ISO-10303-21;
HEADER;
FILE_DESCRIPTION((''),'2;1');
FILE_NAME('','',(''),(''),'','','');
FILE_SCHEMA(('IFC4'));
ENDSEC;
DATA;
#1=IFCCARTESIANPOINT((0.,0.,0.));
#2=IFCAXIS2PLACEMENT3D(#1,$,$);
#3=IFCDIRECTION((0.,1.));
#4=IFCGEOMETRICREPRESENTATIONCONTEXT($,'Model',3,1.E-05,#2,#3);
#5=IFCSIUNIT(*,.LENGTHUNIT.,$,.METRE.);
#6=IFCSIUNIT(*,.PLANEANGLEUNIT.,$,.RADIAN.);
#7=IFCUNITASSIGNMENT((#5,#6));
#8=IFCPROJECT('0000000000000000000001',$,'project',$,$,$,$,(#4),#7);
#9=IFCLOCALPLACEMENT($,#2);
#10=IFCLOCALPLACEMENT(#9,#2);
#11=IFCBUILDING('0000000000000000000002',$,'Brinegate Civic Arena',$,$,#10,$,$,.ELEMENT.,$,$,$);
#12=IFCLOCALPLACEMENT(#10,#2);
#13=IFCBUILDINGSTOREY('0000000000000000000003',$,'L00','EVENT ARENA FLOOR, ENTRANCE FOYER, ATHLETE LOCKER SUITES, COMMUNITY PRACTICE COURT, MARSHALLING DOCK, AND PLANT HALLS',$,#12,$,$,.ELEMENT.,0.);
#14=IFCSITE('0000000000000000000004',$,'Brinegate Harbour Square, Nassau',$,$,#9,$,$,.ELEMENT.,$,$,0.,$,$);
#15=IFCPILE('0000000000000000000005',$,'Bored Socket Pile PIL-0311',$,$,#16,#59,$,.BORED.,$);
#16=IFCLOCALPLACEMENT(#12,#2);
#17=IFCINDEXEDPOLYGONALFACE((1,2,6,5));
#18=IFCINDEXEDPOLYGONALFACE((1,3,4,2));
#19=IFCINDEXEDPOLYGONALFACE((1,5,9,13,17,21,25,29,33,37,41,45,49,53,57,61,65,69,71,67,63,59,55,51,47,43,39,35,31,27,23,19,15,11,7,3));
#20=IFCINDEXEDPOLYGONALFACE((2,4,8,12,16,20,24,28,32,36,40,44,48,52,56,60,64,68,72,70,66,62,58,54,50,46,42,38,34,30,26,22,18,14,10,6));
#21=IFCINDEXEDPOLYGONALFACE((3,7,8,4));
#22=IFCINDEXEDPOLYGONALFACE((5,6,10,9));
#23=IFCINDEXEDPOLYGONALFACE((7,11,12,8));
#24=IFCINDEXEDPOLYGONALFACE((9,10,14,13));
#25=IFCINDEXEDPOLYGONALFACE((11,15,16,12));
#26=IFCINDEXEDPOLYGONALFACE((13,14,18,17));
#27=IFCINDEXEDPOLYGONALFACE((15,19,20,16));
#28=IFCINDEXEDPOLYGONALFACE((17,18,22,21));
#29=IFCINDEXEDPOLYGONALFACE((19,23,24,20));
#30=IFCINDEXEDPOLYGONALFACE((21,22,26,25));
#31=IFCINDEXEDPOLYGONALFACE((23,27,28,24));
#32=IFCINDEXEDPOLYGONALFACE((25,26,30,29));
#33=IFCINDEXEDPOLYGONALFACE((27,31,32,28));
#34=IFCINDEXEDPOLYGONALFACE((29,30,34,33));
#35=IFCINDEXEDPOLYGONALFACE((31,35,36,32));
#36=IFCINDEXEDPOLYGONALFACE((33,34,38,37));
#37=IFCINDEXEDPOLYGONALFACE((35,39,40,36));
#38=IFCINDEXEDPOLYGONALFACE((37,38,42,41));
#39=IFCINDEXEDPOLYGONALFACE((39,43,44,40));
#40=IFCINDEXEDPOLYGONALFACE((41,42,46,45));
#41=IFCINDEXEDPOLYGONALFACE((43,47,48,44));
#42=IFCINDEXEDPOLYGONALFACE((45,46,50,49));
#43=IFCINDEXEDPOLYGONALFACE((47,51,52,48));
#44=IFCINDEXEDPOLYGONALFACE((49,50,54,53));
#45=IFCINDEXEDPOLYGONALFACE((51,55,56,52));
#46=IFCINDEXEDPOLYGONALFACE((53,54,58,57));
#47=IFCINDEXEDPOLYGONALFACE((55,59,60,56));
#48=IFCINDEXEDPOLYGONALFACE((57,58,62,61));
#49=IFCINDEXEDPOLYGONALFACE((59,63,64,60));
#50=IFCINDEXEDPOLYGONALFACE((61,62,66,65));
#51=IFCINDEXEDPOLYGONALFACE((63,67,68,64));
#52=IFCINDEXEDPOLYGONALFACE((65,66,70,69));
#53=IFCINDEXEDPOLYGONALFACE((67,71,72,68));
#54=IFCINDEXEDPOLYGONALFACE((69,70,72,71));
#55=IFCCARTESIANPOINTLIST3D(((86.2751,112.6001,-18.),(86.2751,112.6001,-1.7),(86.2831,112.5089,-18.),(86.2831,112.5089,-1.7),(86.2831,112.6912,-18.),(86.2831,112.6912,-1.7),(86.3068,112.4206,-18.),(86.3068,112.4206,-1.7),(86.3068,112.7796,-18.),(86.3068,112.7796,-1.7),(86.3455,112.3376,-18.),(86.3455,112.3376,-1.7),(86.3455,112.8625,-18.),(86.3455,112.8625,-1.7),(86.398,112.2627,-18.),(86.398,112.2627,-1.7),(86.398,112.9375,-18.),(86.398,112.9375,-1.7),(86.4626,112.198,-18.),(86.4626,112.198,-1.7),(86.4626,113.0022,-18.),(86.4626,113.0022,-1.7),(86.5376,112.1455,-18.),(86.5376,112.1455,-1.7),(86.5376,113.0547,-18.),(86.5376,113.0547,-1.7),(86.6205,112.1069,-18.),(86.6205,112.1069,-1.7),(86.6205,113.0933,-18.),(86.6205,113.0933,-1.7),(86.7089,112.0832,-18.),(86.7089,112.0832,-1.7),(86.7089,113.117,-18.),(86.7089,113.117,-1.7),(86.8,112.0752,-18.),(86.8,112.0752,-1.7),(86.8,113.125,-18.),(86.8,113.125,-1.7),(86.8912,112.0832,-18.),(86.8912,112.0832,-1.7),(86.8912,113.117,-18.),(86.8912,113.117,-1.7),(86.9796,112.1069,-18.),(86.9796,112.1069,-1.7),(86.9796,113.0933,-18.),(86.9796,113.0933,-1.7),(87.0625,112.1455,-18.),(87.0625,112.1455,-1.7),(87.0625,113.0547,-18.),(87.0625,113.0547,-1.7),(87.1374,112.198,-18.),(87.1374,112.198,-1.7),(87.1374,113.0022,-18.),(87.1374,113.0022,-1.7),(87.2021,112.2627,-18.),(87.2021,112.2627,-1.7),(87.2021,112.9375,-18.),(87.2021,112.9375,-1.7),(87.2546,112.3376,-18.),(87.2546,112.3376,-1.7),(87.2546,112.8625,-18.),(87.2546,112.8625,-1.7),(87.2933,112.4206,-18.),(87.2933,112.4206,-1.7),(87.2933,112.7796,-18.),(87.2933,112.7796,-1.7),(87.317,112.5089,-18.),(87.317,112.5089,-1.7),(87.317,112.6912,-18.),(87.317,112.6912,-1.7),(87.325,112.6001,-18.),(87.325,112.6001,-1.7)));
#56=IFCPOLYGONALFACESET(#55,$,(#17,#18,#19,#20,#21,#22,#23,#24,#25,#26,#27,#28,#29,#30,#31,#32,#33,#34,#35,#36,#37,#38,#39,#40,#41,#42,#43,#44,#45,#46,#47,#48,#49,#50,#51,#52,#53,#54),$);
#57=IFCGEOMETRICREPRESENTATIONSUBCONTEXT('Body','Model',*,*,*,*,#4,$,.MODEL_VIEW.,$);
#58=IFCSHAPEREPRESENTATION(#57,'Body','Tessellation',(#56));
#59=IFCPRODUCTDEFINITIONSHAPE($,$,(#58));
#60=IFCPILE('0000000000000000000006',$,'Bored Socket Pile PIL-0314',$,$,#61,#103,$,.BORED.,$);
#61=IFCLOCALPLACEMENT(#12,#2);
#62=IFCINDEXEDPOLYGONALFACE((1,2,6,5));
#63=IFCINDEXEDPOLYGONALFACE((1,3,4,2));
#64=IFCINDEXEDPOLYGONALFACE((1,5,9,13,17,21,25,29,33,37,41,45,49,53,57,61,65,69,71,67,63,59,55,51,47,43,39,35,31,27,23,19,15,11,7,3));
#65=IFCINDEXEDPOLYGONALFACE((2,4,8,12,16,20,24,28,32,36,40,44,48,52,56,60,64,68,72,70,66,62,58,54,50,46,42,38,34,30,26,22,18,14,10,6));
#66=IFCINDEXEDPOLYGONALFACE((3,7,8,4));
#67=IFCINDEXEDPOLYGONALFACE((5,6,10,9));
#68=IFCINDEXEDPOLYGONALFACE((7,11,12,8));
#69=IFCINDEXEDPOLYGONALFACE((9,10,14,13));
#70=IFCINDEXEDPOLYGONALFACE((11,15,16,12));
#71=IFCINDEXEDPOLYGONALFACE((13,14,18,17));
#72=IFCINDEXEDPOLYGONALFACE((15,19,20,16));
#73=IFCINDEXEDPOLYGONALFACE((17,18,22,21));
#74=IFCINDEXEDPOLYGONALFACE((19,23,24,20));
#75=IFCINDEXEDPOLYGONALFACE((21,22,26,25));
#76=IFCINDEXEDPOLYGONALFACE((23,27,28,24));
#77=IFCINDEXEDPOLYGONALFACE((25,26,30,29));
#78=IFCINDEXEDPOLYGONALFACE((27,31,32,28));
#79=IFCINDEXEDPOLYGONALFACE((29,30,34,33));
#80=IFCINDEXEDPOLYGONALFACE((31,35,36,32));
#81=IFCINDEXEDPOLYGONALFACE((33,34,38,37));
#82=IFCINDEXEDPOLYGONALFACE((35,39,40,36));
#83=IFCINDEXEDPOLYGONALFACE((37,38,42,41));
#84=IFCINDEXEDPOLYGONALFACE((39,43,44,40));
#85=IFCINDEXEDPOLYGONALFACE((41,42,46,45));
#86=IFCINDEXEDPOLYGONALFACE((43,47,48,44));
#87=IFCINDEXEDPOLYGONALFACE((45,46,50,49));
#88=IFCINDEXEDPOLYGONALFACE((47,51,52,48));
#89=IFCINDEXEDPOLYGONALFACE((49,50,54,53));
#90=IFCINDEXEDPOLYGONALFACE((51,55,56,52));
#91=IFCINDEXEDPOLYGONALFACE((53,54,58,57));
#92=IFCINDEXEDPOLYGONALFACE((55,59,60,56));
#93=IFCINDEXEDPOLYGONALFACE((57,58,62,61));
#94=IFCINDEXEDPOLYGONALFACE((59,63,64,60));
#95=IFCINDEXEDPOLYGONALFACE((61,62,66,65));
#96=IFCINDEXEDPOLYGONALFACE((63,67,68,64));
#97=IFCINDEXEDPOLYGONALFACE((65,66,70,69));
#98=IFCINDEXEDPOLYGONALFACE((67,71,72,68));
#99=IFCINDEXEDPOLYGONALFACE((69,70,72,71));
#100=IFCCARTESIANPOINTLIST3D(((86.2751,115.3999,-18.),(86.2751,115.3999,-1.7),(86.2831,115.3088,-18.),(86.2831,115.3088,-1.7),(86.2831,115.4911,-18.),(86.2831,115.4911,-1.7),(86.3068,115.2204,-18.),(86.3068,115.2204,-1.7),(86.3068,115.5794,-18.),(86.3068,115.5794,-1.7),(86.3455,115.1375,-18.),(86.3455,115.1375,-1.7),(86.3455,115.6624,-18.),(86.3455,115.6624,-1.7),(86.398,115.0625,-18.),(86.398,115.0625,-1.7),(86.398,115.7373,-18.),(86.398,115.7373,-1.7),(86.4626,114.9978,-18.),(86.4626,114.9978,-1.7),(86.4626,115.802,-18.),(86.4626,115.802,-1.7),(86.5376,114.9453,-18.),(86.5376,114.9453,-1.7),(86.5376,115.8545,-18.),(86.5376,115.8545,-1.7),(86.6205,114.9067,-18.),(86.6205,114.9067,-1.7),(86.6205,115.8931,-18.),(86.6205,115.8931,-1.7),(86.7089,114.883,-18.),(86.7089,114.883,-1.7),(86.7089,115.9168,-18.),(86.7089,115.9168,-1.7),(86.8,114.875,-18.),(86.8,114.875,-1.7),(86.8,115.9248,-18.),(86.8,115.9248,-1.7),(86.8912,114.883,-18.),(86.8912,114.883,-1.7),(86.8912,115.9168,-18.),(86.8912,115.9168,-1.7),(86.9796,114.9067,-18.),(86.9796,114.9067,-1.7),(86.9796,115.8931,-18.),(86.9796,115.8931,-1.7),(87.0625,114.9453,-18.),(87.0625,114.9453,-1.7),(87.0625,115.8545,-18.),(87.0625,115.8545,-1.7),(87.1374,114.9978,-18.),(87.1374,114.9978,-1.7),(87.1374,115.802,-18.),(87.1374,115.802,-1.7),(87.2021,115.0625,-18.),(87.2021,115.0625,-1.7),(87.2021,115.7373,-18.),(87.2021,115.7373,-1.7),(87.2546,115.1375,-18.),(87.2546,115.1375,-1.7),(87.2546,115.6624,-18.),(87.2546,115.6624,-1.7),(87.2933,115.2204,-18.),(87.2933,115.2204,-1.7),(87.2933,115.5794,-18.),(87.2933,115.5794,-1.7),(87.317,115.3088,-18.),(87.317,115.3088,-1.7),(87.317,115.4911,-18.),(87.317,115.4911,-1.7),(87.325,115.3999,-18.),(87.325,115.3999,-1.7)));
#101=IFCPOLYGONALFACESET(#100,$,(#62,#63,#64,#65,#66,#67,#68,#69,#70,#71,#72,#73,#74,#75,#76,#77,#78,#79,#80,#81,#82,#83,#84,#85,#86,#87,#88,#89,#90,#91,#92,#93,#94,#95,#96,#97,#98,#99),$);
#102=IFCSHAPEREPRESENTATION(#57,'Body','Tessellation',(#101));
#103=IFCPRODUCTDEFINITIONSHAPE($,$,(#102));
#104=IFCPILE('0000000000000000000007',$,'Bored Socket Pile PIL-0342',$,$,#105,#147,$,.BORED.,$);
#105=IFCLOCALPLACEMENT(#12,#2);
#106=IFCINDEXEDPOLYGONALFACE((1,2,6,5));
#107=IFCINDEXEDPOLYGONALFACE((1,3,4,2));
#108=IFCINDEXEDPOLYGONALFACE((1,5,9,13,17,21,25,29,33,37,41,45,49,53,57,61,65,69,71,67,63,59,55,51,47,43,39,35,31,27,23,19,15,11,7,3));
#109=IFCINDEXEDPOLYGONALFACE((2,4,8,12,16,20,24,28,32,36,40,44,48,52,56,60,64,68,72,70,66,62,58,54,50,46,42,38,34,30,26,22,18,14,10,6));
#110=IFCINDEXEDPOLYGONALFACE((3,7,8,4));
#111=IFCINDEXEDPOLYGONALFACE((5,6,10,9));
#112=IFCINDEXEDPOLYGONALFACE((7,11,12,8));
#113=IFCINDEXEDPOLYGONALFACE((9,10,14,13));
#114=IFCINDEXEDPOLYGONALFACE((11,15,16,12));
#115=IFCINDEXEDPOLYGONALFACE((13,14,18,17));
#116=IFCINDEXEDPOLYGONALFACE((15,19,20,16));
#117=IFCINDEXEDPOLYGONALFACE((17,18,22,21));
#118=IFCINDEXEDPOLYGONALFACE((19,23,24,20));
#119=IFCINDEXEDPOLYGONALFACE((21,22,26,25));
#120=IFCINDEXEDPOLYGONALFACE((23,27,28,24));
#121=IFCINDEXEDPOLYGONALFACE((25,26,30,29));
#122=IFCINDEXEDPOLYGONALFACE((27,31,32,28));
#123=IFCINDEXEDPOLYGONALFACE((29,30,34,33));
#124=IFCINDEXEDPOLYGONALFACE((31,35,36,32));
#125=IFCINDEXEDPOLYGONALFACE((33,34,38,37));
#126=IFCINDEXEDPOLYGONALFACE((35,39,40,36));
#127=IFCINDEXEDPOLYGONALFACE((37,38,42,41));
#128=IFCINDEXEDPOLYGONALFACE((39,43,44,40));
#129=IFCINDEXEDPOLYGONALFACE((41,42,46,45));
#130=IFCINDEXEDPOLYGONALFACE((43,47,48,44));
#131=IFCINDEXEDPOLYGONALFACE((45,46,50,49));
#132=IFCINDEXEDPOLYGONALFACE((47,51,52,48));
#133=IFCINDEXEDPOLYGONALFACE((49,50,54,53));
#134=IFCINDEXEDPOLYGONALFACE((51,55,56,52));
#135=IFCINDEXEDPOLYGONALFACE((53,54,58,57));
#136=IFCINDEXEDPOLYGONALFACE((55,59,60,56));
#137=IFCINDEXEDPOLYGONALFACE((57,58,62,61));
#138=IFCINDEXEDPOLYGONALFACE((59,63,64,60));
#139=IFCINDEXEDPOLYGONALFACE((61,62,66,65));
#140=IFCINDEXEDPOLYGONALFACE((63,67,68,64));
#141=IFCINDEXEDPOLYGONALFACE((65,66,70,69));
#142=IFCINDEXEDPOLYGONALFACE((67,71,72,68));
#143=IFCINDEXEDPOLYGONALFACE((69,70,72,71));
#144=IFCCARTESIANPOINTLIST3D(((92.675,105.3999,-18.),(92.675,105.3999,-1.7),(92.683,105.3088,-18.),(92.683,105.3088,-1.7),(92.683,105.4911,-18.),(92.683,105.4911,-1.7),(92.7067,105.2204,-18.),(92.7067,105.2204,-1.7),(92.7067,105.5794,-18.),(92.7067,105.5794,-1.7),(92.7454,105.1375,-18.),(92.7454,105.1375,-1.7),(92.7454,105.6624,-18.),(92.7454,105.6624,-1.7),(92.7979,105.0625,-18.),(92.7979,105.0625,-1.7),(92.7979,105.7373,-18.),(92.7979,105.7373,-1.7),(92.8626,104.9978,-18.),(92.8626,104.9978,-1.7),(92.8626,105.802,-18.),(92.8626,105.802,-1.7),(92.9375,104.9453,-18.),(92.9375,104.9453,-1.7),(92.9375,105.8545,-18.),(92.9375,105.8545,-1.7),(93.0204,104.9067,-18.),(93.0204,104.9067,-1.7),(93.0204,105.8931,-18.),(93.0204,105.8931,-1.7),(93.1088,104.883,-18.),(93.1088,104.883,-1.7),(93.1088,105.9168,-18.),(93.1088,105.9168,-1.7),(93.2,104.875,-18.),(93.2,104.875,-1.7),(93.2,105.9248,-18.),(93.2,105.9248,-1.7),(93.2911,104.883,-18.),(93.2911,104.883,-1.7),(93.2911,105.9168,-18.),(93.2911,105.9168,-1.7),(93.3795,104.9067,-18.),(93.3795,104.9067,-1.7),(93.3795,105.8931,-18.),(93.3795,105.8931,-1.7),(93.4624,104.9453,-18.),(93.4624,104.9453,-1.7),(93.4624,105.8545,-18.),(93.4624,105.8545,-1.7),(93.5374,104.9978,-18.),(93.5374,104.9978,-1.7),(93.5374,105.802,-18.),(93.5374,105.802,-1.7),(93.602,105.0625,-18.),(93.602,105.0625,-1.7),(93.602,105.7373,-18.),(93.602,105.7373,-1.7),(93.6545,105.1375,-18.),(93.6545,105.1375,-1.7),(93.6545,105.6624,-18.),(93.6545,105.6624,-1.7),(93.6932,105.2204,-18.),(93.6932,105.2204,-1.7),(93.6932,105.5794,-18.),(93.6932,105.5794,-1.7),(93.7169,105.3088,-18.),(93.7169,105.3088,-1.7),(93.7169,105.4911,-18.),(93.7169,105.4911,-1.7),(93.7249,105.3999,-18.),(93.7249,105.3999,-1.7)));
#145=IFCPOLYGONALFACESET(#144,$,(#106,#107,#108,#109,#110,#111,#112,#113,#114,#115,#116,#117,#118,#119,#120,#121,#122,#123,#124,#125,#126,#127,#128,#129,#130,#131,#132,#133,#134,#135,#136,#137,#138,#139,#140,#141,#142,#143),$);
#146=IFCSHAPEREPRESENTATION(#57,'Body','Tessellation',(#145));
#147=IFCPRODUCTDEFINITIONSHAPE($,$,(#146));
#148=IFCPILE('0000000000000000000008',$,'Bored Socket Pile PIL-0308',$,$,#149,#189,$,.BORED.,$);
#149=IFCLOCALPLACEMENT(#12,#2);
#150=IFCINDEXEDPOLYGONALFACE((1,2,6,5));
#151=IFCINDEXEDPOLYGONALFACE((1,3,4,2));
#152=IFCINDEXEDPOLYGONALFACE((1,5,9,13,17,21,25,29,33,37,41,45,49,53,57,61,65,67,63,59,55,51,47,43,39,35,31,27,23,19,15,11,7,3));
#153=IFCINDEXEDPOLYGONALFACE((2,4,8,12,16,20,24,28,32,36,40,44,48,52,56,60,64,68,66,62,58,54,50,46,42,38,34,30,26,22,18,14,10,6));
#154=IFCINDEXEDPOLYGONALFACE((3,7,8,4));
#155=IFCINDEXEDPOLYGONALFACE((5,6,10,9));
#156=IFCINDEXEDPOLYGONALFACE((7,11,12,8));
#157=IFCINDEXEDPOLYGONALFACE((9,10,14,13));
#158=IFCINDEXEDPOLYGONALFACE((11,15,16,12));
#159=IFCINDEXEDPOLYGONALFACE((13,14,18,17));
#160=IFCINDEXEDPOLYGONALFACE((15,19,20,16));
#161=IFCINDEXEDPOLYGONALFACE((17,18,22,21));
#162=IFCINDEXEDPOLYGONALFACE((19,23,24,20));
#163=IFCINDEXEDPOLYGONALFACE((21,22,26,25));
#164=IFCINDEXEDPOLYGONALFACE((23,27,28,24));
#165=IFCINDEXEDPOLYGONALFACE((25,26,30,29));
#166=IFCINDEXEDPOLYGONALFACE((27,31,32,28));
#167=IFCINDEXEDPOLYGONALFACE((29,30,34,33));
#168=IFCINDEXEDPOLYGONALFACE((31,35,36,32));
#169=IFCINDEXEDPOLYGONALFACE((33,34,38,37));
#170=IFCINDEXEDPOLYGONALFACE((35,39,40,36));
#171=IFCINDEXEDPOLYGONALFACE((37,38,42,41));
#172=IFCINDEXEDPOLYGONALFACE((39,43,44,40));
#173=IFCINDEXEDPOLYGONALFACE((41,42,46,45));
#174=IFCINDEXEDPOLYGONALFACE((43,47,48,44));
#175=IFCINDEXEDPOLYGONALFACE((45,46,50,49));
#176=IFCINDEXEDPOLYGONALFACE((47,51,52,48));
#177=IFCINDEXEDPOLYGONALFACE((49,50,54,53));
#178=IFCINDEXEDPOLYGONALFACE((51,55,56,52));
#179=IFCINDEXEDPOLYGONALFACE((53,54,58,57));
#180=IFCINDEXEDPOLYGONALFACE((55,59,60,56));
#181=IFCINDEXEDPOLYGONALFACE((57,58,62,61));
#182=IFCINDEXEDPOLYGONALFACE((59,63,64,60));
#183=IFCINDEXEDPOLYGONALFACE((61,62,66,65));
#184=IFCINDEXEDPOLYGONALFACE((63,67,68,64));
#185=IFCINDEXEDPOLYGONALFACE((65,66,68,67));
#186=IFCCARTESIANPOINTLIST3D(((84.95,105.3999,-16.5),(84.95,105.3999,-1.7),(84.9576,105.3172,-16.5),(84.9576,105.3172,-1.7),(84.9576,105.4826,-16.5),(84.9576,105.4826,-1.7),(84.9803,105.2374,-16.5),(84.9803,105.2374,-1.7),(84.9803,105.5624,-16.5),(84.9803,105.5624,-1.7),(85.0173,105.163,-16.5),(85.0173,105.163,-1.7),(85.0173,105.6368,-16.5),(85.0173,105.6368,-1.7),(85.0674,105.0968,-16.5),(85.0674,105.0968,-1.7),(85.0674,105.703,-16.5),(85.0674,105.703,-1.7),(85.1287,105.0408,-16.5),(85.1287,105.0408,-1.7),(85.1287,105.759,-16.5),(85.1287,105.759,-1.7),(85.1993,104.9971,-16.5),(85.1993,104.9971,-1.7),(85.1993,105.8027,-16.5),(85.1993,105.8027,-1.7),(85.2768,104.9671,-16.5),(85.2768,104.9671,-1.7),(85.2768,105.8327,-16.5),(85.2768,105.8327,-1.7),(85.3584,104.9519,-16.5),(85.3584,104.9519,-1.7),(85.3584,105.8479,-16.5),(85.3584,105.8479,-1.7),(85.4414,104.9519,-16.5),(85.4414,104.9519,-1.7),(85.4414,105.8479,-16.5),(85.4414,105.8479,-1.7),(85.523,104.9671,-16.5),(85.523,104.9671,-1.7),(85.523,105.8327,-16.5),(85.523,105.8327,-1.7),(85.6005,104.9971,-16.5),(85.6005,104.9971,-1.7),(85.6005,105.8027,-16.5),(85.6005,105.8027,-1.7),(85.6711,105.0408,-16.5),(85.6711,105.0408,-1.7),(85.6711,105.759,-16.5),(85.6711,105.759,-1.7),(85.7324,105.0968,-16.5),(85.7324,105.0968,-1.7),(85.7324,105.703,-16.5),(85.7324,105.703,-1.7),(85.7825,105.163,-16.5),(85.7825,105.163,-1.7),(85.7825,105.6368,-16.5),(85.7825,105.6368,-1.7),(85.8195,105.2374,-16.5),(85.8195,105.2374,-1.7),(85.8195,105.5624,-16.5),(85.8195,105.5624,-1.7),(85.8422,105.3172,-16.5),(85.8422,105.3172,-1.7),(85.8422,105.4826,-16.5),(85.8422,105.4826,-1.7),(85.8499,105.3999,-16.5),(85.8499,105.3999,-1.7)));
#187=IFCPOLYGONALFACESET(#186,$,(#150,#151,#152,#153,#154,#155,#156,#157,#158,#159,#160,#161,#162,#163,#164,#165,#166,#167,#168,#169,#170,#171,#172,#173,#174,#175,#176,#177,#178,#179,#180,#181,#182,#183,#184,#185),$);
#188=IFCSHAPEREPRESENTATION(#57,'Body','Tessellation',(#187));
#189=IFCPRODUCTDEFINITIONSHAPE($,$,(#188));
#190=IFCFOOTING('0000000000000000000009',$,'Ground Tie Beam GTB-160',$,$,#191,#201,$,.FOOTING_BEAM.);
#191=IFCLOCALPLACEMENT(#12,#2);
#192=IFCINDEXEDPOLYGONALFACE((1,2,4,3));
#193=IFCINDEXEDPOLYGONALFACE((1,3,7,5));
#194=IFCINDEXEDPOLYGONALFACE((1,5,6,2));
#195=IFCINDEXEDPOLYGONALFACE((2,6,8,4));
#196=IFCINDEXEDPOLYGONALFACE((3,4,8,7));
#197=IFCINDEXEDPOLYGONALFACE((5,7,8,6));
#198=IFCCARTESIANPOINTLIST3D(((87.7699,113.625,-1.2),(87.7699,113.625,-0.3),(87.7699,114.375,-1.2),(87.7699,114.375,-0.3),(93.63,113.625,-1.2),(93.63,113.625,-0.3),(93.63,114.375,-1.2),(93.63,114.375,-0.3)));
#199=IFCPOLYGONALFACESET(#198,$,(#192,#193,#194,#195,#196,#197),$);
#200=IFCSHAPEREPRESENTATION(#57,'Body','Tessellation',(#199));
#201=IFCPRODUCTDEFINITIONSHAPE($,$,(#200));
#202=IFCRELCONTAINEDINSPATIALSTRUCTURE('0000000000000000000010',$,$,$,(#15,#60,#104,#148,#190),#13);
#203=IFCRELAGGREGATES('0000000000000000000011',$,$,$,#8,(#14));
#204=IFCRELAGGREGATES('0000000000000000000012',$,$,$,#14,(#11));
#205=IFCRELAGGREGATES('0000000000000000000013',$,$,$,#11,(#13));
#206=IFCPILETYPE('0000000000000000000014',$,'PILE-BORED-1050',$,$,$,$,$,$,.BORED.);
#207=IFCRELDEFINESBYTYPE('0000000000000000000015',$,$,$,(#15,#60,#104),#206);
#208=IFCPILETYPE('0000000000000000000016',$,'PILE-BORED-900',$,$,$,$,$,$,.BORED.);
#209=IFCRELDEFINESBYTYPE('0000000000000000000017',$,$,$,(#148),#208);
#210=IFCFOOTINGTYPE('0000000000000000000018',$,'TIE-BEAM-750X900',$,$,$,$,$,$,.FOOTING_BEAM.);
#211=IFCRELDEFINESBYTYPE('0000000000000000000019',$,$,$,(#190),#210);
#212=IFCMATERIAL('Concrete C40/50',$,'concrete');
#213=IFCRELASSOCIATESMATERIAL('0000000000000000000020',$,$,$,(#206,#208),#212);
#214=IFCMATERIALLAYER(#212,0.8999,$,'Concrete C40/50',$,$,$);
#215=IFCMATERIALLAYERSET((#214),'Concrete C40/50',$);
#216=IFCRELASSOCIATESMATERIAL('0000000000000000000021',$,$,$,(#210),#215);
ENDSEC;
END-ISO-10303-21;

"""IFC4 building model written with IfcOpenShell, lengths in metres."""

from ifc_helpers import new_model, si_unit, direction, frame, origin, origin_2d, place, context, subcontext, project, spatial, rectangle, circle, extrude, material, layer, layer_set, material_profile, profile_set, type_object, element, save


model = new_model("IFC4")

# Units and contexts
model_context = context("Model", 3, precision=1e-05, world=origin(), true_north=direction((0.0, 1.0)))
body_context = subcontext(model_context, "Body", "Model", "MODEL_VIEW")
ifc_project = project(units=[si_unit("LENGTHUNIT", "METRE"), si_unit("PLANEANGLEUNIT", "RADIAN")], contexts=[model_context])

# Site, building, storey
site_placement = place(None, origin())
site = spatial("IfcSite", under=ifc_project, at=site_placement, Name="Brinegate Harbour Square, Nassau", CompositionType="ELEMENT", RefElevation=0.0)
building_placement = place(site_placement, origin())
building = spatial("IfcBuilding", under=site, at=building_placement, Name="Brinegate Civic Arena", CompositionType="ELEMENT")
storey_placement = place(building_placement, origin())
storey = spatial("IfcBuildingStorey", under=building, at=storey_placement, Name="L00", Description="EVENT ARENA FLOOR, ENTRANCE FOYER, ATHLETE LOCKER SUITES, COMMUNITY PRACTICE COURT, MARSHALLING DOCK, AND PLANT HALLS", CompositionType="ELEMENT", Elevation=0.0)

# Piles
ifc_material_1 = material(Name="Concrete C40/50", Category="concrete")
ifc_material_profile_1 = material_profile(ifc_material_1, circle(Radius=0.5249, at=origin_2d()), Name="PILED1050")
ifc_profile_set_1 = profile_set([ifc_material_profile_1], Name="Concrete C40/50")
pile_type_1 = type_object("IfcPileType", Name="PILE-BORED-1050", PredefinedType="BORED", material=ifc_profile_set_1)
for number, where, z_axis, x_axis, name in (
    (1, (86.8, 112.6001, -1.7), (0.0, 0.0, -1.0), (1.0, 0.0, 0.0), "Bored Socket Pile PIL-0311"),
    (2, (86.8, 115.3999, -1.7), (0.0, 0.0, -1.0), (1.0, 0.0, 0.0), "Bored Socket Pile PIL-0314"),
    (3, (93.2, 105.3999, -1.7), (0.0, 0.0, -1.0), (1.0, 0.0, 0.0), "Bored Socket Pile PIL-0342"),
):
    element("IfcPile", number, at=place(storey_placement, frame(where, z_axis=z_axis, x_axis=x_axis)), inside=storey, type_object=pile_type_1, Name=name, PredefinedType="BORED", context=body_context, shape_type="SweptSolid", body=[
        extrude(circle(Radius=0.5249, at=origin_2d()), origin(), (0.0, 0.0, 1.0), 16.3),
    ])
ifc_material_profile_2 = material_profile(ifc_material_1, circle(Radius=0.45, at=origin_2d()), Name="PILED900")
ifc_profile_set_2 = profile_set([ifc_material_profile_2], Name="Concrete C40/50")
pile_type_2 = type_object("IfcPileType", Name="PILE-BORED-900", PredefinedType="BORED", material=ifc_profile_set_2)
pile_placement = place(storey_placement, frame((85.3999, 105.3999, -1.7), z_axis=(0.0, 0.0, -1.0), x_axis=(1.0, 0.0, 0.0)))
element("IfcPile", 4, at=pile_placement, inside=storey, type_object=pile_type_2, Name="Bored Socket Pile PIL-0308", PredefinedType="BORED", context=body_context, shape_type="SweptSolid", body=[
    extrude(circle(Radius=0.45, at=origin_2d()), origin(), (0.0, 0.0, 1.0), 14.8),
])

# Footing
ifc_layer_1 = layer(ifc_material_1, 0.8999, Name="Concrete C40/50")
ifc_layer_set_1 = layer_set([ifc_layer_1], Name="Concrete C40/50")
footing_type_1 = type_object("IfcFootingType", Name="TIE-BEAM-750X900", PredefinedType="FOOTING_BEAM", material=ifc_layer_set_1)
footing_1_placement = place(storey_placement, frame((90.7, 114.0, -1.2), z_axis=(0.0, 0.0, 1.0), x_axis=(1.0, 0.0, 0.0)))
element("IfcFooting", 5, at=footing_1_placement, inside=storey, type_object=footing_type_1, Name="Ground Tie Beam GTB-160", PredefinedType="FOOTING_BEAM", context=body_context, shape_type="SweptSolid", body=[
    extrude(rectangle(XDim=5.8601, YDim=0.75, at=origin_2d()), origin(), (0.0, 0.0, 1.0), 0.8999),
])

save(model, "model.ifc")
